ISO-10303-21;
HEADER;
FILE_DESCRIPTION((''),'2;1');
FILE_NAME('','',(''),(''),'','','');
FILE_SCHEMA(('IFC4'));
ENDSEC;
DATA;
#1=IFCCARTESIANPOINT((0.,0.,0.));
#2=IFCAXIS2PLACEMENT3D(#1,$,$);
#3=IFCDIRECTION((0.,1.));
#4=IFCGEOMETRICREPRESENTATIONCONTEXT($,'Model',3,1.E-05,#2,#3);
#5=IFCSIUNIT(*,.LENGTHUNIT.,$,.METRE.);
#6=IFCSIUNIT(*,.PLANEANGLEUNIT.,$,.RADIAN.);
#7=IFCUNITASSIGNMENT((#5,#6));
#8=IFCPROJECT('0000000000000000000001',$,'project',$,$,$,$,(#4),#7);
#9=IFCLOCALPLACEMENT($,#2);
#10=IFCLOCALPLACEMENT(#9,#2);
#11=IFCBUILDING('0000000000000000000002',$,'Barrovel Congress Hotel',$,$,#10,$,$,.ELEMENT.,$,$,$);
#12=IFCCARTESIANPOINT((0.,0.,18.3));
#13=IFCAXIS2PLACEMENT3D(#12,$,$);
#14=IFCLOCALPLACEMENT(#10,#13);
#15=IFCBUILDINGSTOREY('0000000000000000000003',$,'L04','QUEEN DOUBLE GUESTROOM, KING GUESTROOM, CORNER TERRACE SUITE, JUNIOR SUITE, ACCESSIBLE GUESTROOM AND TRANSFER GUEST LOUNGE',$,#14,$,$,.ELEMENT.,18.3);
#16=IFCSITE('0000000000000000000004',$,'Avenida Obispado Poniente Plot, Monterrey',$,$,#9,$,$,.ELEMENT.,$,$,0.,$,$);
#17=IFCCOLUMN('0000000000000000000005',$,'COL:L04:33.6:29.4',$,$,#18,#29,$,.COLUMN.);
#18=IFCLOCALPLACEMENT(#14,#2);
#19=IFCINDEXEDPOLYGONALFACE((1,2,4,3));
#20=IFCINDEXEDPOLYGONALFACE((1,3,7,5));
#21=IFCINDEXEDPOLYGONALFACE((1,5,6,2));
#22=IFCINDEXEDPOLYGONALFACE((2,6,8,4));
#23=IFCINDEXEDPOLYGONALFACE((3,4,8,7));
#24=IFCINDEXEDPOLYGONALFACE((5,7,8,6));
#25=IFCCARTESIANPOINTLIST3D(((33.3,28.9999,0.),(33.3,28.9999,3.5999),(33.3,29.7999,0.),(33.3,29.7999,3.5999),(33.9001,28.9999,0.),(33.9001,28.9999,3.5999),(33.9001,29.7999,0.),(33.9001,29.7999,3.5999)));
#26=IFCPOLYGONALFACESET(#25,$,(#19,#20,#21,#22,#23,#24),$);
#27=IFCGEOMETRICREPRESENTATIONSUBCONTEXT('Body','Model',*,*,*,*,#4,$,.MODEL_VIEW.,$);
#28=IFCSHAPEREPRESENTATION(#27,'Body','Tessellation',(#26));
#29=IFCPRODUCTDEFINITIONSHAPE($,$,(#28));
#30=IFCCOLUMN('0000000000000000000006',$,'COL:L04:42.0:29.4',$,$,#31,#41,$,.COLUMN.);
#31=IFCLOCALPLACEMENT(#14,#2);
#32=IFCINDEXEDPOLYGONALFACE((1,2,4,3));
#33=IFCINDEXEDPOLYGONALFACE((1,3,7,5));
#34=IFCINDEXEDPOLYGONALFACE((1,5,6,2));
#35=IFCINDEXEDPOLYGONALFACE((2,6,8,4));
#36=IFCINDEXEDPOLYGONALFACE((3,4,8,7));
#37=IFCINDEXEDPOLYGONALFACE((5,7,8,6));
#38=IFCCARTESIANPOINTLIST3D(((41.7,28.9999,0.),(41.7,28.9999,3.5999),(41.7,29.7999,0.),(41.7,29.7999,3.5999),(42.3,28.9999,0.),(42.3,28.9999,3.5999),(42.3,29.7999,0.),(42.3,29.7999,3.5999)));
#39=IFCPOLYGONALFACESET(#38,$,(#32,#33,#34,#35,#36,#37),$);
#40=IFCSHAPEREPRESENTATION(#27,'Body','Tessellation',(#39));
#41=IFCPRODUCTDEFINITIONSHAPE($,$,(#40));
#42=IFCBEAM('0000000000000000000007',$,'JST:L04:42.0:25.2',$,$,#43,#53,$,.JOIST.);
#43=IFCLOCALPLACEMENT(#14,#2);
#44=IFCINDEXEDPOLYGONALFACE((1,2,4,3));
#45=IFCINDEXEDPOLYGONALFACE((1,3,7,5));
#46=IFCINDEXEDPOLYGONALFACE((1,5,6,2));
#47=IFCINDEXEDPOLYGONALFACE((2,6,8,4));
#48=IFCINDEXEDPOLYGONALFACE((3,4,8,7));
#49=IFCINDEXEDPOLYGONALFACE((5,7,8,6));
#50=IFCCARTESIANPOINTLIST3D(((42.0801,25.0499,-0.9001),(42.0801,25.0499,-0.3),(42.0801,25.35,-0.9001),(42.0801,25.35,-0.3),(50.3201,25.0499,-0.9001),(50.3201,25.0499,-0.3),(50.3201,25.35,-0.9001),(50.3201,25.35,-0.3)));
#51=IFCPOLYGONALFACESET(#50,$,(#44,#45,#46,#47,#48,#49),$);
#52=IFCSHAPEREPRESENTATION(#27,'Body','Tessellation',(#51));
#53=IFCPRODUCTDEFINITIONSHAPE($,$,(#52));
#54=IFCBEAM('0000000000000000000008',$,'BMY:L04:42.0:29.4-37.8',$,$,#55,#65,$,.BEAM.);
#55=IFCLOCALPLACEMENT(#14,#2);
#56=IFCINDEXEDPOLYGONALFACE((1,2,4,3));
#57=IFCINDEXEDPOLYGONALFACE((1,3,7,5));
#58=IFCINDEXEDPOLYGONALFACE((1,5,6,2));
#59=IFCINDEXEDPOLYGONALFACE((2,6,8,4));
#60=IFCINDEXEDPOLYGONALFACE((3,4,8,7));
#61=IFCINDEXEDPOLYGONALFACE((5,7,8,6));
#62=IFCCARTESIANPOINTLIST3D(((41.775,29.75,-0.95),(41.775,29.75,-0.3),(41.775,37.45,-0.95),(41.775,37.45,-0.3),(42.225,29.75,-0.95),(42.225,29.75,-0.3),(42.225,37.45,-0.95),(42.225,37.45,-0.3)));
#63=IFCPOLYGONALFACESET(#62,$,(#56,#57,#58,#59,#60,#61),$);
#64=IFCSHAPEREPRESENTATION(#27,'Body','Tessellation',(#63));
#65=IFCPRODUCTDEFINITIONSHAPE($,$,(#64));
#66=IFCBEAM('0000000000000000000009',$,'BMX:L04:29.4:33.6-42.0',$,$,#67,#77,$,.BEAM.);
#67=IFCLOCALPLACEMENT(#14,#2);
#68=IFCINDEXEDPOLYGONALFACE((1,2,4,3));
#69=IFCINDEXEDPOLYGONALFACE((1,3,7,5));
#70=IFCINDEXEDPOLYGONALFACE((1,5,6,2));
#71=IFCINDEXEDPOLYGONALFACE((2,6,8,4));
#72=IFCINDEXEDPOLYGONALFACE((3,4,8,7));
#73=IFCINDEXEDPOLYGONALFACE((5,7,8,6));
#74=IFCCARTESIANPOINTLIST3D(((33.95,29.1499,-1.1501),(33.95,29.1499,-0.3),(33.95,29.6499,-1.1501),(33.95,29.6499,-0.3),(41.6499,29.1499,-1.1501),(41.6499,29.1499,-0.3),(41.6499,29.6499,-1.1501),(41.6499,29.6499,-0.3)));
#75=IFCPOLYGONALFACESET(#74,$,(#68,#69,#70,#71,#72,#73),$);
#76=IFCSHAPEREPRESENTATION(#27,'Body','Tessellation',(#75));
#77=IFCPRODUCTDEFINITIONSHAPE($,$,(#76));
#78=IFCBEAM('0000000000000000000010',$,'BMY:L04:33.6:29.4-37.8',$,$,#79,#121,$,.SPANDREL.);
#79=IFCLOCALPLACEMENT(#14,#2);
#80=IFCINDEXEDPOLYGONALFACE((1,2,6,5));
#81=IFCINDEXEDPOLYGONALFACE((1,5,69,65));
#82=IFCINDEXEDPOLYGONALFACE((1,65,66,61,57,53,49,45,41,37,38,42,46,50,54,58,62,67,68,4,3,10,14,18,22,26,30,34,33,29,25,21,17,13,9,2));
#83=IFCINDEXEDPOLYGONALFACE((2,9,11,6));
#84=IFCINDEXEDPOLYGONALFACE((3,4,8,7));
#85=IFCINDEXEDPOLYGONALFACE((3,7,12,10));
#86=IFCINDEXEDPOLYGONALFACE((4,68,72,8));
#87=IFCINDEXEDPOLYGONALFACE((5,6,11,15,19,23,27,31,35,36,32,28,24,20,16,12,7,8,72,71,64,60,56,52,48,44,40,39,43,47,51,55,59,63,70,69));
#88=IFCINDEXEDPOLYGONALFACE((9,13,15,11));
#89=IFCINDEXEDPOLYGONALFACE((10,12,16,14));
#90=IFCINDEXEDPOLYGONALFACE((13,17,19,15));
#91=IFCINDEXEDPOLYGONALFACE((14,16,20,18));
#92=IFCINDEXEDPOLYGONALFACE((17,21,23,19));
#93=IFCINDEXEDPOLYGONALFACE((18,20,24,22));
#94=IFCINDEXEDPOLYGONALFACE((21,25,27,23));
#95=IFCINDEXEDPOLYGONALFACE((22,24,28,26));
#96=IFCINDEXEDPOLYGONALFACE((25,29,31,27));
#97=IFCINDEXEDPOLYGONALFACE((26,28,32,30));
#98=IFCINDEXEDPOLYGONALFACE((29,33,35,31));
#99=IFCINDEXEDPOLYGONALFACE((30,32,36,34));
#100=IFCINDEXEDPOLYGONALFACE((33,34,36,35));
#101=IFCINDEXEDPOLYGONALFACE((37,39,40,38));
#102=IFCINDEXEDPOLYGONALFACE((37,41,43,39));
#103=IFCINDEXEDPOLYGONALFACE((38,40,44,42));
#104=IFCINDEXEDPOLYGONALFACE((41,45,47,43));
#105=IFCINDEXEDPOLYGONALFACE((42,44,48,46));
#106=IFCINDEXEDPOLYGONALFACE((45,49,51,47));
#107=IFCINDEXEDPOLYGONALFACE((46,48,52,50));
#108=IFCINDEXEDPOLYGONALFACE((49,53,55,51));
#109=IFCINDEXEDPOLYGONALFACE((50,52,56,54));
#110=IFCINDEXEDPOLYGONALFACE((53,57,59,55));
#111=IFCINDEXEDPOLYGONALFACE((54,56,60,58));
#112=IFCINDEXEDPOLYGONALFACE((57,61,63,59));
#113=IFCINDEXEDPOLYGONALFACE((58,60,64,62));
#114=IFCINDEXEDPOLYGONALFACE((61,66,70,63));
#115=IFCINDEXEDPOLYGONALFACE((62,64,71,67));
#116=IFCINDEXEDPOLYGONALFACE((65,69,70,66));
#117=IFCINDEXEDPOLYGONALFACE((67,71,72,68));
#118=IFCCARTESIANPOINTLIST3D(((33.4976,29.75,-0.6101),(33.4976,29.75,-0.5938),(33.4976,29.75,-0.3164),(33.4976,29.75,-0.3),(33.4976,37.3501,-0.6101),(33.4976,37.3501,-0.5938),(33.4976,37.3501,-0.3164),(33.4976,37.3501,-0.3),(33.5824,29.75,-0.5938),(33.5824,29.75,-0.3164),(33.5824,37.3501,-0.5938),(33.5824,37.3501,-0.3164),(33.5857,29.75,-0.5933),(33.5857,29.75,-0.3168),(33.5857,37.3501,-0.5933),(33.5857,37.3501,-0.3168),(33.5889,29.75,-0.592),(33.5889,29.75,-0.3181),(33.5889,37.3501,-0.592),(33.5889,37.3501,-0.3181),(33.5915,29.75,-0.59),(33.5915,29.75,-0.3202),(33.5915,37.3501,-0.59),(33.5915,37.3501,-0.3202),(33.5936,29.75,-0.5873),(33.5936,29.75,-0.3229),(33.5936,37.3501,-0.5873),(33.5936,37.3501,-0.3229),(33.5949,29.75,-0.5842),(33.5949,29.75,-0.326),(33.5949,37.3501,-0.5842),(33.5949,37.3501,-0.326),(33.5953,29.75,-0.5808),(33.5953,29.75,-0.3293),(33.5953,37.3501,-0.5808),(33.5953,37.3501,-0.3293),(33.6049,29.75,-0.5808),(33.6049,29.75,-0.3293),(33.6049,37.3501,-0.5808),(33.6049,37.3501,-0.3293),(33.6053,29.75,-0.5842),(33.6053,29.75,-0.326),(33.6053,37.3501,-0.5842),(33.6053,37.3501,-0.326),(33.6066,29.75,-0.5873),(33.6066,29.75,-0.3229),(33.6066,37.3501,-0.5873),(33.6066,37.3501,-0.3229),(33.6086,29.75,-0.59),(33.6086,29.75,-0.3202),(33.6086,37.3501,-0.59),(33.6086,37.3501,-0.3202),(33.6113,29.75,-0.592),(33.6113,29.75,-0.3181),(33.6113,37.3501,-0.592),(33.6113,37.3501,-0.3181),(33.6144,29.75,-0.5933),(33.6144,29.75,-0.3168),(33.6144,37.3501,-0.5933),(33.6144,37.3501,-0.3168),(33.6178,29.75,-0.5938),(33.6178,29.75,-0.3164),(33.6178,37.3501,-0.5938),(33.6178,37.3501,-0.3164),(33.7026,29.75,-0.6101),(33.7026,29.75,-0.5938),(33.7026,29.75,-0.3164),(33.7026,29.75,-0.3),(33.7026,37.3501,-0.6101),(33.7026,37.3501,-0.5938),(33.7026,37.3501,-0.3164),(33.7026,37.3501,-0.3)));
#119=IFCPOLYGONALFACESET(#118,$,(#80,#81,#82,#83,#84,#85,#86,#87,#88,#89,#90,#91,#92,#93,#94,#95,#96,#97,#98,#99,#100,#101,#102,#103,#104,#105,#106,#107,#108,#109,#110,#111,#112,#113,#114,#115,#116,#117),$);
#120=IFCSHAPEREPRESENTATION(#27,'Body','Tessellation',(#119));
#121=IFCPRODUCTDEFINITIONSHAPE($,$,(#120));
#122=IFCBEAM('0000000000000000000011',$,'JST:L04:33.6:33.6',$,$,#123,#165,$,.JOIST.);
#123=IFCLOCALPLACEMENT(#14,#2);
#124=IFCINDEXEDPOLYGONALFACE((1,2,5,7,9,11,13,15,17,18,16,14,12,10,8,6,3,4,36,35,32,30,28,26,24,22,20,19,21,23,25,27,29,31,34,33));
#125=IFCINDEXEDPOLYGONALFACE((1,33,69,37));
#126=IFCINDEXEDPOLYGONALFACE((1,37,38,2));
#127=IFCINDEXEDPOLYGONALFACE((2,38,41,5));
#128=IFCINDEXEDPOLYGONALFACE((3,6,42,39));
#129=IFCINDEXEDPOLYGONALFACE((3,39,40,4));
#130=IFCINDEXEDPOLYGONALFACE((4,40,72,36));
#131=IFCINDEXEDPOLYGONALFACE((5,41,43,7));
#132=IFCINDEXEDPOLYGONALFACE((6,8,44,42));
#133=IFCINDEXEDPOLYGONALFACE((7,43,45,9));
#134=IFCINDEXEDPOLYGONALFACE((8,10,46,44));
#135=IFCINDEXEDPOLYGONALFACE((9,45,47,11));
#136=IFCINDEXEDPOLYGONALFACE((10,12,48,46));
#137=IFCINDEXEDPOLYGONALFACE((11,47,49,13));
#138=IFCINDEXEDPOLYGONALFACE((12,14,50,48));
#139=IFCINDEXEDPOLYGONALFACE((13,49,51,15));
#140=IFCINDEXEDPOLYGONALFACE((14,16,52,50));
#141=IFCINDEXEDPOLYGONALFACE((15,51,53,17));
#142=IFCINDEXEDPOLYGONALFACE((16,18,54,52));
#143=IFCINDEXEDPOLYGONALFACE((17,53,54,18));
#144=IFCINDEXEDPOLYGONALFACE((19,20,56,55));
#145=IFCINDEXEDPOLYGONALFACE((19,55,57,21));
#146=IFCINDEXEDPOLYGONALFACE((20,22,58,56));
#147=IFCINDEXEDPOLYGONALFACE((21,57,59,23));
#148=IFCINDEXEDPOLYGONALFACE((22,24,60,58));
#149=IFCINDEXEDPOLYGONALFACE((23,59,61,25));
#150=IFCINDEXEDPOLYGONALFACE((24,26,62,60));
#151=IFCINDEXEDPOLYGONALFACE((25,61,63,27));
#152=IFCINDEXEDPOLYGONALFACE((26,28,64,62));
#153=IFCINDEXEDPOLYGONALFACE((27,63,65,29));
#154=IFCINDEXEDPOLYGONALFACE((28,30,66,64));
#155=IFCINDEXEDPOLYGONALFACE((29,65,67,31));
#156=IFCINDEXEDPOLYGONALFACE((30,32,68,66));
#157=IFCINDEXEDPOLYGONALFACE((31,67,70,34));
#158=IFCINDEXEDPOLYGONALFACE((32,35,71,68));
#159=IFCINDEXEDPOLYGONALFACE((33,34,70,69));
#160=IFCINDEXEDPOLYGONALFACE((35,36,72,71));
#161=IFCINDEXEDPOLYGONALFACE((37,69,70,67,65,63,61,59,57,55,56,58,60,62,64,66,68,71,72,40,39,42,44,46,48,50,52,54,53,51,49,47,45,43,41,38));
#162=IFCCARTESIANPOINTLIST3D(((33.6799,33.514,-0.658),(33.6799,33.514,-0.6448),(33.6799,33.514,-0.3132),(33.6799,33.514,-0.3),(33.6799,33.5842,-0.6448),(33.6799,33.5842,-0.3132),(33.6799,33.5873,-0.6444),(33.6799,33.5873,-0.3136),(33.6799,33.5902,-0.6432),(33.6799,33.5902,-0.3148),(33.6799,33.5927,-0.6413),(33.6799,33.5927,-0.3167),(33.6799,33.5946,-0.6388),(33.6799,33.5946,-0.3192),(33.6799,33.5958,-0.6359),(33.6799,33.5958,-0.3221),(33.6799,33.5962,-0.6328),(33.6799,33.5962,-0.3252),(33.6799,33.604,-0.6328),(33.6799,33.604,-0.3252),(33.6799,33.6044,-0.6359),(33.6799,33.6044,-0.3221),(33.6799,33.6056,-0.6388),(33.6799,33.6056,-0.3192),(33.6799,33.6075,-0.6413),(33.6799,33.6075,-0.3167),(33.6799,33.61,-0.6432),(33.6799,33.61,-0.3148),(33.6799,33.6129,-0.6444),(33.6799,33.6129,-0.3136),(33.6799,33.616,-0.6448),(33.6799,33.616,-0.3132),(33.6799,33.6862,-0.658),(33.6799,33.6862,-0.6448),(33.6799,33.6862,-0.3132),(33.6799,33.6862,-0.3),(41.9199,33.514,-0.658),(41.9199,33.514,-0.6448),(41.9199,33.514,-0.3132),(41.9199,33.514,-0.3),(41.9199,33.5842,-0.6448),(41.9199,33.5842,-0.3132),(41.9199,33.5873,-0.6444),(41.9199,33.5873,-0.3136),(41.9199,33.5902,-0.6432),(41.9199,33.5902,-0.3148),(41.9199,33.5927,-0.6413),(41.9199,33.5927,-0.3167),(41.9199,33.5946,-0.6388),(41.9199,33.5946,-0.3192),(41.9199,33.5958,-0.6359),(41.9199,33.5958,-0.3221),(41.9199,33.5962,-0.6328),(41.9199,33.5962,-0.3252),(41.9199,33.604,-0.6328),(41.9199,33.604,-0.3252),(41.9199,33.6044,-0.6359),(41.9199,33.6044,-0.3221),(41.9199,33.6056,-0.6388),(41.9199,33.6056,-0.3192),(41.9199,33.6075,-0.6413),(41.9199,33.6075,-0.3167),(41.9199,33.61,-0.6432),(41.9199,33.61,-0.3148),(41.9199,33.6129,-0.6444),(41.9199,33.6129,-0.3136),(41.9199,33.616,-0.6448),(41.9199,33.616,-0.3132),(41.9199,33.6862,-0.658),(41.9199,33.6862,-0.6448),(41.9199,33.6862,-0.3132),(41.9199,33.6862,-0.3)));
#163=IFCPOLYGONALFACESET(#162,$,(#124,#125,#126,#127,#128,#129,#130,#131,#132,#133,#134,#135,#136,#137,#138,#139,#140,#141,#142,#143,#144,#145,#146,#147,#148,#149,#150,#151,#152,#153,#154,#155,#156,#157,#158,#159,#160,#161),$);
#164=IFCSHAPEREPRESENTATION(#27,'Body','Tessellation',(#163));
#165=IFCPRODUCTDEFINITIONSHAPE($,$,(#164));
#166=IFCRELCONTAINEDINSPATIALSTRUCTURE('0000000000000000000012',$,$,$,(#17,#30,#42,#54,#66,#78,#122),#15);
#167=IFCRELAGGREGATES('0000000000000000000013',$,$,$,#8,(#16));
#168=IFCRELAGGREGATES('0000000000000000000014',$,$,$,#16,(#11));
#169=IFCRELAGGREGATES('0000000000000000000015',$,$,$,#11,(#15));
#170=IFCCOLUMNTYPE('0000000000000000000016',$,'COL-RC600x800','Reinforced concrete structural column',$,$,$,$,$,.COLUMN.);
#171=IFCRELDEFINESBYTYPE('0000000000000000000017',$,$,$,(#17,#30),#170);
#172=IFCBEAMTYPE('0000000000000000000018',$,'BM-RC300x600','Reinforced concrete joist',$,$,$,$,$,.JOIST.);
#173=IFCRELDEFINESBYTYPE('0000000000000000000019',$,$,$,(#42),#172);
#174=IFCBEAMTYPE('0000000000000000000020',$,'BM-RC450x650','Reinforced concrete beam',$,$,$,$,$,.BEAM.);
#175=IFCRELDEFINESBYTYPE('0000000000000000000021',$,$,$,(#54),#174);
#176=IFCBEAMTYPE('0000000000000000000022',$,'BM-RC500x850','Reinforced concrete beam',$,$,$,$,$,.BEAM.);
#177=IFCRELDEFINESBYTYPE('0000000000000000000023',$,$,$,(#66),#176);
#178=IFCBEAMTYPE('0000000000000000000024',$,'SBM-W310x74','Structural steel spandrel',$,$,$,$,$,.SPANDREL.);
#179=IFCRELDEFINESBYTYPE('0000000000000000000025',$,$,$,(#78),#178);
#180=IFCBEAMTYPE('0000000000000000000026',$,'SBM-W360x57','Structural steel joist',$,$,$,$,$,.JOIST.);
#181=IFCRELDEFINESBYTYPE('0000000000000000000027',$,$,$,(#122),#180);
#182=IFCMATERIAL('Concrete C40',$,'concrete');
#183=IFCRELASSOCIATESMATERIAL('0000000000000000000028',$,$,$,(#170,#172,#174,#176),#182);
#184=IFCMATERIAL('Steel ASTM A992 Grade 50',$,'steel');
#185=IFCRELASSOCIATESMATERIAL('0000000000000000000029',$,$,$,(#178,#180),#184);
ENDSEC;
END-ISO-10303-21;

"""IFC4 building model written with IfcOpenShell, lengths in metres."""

from ifc_helpers import new_model, si_unit, direction, frame, origin, origin_2d, place, context, subcontext, project, spatial, rectangle, i_section, extrude, material, material_profile, profile_set, type_object, element, save


model = new_model("IFC4")

# Units and contexts
model_context = context("Model", 3, precision=1e-05, world=origin(), true_north=direction((0.0, 1.0)))
body_context = subcontext(model_context, "Body", "Model", "MODEL_VIEW")
ifc_project = project(units=[si_unit("LENGTHUNIT", "METRE"), si_unit("PLANEANGLEUNIT", "RADIAN")], contexts=[model_context])

# Site, building, storey
site_placement = place(None, origin())
site = spatial("IfcSite", under=ifc_project, at=site_placement, Name="Avenida Obispado Poniente Plot, Monterrey", CompositionType="ELEMENT", RefElevation=0.0)
building_placement = place(site_placement, origin())
building = spatial("IfcBuilding", under=site, at=building_placement, Name="Barrovel Congress Hotel", CompositionType="ELEMENT")
storey_placement = place(building_placement, frame((0.0, 0.0, 18.3)))
storey = spatial("IfcBuildingStorey", under=building, at=storey_placement, Name="L04", Description="QUEEN DOUBLE GUESTROOM, KING GUESTROOM, CORNER TERRACE SUITE, JUNIOR SUITE, ACCESSIBLE GUESTROOM AND TRANSFER GUEST LOUNGE", CompositionType="ELEMENT", Elevation=18.3)

# Columns
ifc_material_1 = material(Name="Concrete C40", Category="concrete")
ifc_material_profile_1 = material_profile(ifc_material_1, rectangle(XDim=0.6001, YDim=0.8, at=origin_2d()), Name="RC600x800")
ifc_profile_set_1 = profile_set([ifc_material_profile_1], Name="Concrete C40")
column_type = type_object("IfcColumnType", Name="COL-RC600x800", Description="Reinforced concrete structural column", PredefinedType="COLUMN", material=ifc_profile_set_1)
for number, where, z_axis, x_axis, name in (
    (1, (33.6001, 29.3999, 0.0), (0.0, 0.0, 1.0), (1.0, 0.0, 0.0), "COL:L04:33.6:29.4"),
    (2, (42.0, 29.3999, 0.0), (0.0, 0.0, 1.0), (1.0, 0.0, 0.0), "COL:L04:42.0:29.4"),
):
    element("IfcColumn", number, at=place(storey_placement, frame(where, z_axis=z_axis, x_axis=x_axis)), inside=storey, type_object=column_type, Name=name, PredefinedType="COLUMN", context=body_context, shape_type="SweptSolid", body=[
        extrude(rectangle(XDim=0.6001, YDim=0.8, at=origin_2d()), origin(), (0.0, 0.0, 1.0), 3.5999),
    ])

# Beams
ifc_material_profile_2 = material_profile(ifc_material_1, rectangle(XDim=0.3, YDim=0.6001, at=origin_2d()), Name="RC300x600")
ifc_profile_set_2 = profile_set([ifc_material_profile_2], Name="Concrete C40")
beam_type_1 = type_object("IfcBeamType", Name="BM-RC300x600", Description="Reinforced concrete joist", PredefinedType="JOIST", material=ifc_profile_set_2)
beam_1_placement = place(storey_placement, frame((42.0801, 25.2, -0.6001), z_axis=(1.0, 0.0, 0.0), x_axis=(0.0, 1.0, 0.0)))
element("IfcBeam", 3, at=beam_1_placement, inside=storey, type_object=beam_type_1, Name="JST:L04:42.0:25.2", PredefinedType="JOIST", context=body_context, shape_type="SweptSolid", body=[
    extrude(rectangle(XDim=0.3, YDim=0.6001, at=origin_2d()), origin(), (0.0, 0.0, 1.0), 8.24),
])
ifc_material_profile_3 = material_profile(ifc_material_1, rectangle(XDim=0.45, YDim=0.6499, at=origin_2d()), Name="RC450x650")
ifc_profile_set_3 = profile_set([ifc_material_profile_3], Name="Concrete C40")
beam_type_2 = type_object("IfcBeamType", Name="BM-RC450x650", Description="Reinforced concrete beam", PredefinedType="BEAM", material=ifc_profile_set_3)
beam_2_placement = place(storey_placement, frame((42.0, 29.75, -0.625), z_axis=(0.0, 1.0, 0.0), x_axis=(-1.0, 0.0, 0.0)))
element("IfcBeam", 4, at=beam_2_placement, inside=storey, type_object=beam_type_2, Name="BMY:L04:42.0:29.4-37.8", PredefinedType="BEAM", context=body_context, shape_type="SweptSolid", body=[
    extrude(rectangle(XDim=0.45, YDim=0.6499, at=origin_2d()), origin(), (0.0, 0.0, 1.0), 7.7),
])
ifc_material_profile_4 = material_profile(ifc_material_1, rectangle(XDim=0.5, YDim=0.8501, at=origin_2d()), Name="RC500x850")
ifc_profile_set_4 = profile_set([ifc_material_profile_4], Name="Concrete C40")
beam_type_3 = type_object("IfcBeamType", Name="BM-RC500x850", Description="Reinforced concrete beam", PredefinedType="BEAM", material=ifc_profile_set_4)
beam_3_placement = place(storey_placement, frame((33.95, 29.3999, -0.7251), z_axis=(1.0, 0.0, 0.0), x_axis=(0.0, 1.0, 0.0)))
element("IfcBeam", 5, at=beam_3_placement, inside=storey, type_object=beam_type_3, Name="BMX:L04:29.4:33.6-42.0", PredefinedType="BEAM", context=body_context, shape_type="SweptSolid", body=[
    extrude(rectangle(XDim=0.5, YDim=0.8501, at=origin_2d()), origin(), (0.0, 0.0, 1.0), 7.7),
])
ifc_material_2 = material(Name="Steel ASTM A992 Grade 50", Category="steel")
ifc_material_profile_5 = material_profile(ifc_material_2, i_section(OverallWidth=0.2051, OverallDepth=0.3101, WebThickness=0.0095, FlangeThickness=0.0164, FilletRadius=0.0129, at=origin_2d()), Name="W310x74")
ifc_profile_set_5 = profile_set([ifc_material_profile_5], Name="Steel ASTM A992 Grade 50")
beam_type_4 = type_object("IfcBeamType", Name="SBM-W310x74", Description="Structural steel spandrel", PredefinedType="SPANDREL", material=ifc_profile_set_5)
beam_4_placement = place(storey_placement, frame((33.6001, 29.75, -0.4551), z_axis=(0.0, 1.0, 0.0), x_axis=(-1.0, 0.0, 0.0)))
element("IfcBeam", 6, at=beam_4_placement, inside=storey, type_object=beam_type_4, Name="BMY:L04:33.6:29.4-37.8", PredefinedType="SPANDREL", context=body_context, shape_type="SweptSolid", body=[
    extrude(i_section(OverallWidth=0.2051, OverallDepth=0.3101, WebThickness=0.0095, FlangeThickness=0.0164, FilletRadius=0.0129, at=origin_2d()), origin(), (0.0, 0.0, 1.0), 7.6001),
])
ifc_material_profile_6 = material_profile(ifc_material_2, i_section(OverallWidth=0.1721, OverallDepth=0.3579, WebThickness=0.0078, FlangeThickness=0.0132, FilletRadius=0.012, at=origin_2d()), Name="W360x57")
ifc_profile_set_6 = profile_set([ifc_material_profile_6], Name="Steel ASTM A992 Grade 50")
beam_type_5 = type_object("IfcBeamType", Name="SBM-W360x57", Description="Structural steel joist", PredefinedType="JOIST", material=ifc_profile_set_6)
beam_5_placement = place(storey_placement, frame((33.6799, 33.6001, -0.479), z_axis=(1.0, 0.0, 0.0), x_axis=(0.0, 1.0, 0.0)))
element("IfcBeam", 7, at=beam_5_placement, inside=storey, type_object=beam_type_5, Name="JST:L04:33.6:33.6", PredefinedType="JOIST", context=body_context, shape_type="SweptSolid", body=[
    extrude(i_section(OverallWidth=0.1721, OverallDepth=0.3579, WebThickness=0.0078, FlangeThickness=0.0132, FilletRadius=0.012, at=origin_2d()), origin(), (0.0, 0.0, 1.0), 8.24),
])

save(model, "model.ifc")
